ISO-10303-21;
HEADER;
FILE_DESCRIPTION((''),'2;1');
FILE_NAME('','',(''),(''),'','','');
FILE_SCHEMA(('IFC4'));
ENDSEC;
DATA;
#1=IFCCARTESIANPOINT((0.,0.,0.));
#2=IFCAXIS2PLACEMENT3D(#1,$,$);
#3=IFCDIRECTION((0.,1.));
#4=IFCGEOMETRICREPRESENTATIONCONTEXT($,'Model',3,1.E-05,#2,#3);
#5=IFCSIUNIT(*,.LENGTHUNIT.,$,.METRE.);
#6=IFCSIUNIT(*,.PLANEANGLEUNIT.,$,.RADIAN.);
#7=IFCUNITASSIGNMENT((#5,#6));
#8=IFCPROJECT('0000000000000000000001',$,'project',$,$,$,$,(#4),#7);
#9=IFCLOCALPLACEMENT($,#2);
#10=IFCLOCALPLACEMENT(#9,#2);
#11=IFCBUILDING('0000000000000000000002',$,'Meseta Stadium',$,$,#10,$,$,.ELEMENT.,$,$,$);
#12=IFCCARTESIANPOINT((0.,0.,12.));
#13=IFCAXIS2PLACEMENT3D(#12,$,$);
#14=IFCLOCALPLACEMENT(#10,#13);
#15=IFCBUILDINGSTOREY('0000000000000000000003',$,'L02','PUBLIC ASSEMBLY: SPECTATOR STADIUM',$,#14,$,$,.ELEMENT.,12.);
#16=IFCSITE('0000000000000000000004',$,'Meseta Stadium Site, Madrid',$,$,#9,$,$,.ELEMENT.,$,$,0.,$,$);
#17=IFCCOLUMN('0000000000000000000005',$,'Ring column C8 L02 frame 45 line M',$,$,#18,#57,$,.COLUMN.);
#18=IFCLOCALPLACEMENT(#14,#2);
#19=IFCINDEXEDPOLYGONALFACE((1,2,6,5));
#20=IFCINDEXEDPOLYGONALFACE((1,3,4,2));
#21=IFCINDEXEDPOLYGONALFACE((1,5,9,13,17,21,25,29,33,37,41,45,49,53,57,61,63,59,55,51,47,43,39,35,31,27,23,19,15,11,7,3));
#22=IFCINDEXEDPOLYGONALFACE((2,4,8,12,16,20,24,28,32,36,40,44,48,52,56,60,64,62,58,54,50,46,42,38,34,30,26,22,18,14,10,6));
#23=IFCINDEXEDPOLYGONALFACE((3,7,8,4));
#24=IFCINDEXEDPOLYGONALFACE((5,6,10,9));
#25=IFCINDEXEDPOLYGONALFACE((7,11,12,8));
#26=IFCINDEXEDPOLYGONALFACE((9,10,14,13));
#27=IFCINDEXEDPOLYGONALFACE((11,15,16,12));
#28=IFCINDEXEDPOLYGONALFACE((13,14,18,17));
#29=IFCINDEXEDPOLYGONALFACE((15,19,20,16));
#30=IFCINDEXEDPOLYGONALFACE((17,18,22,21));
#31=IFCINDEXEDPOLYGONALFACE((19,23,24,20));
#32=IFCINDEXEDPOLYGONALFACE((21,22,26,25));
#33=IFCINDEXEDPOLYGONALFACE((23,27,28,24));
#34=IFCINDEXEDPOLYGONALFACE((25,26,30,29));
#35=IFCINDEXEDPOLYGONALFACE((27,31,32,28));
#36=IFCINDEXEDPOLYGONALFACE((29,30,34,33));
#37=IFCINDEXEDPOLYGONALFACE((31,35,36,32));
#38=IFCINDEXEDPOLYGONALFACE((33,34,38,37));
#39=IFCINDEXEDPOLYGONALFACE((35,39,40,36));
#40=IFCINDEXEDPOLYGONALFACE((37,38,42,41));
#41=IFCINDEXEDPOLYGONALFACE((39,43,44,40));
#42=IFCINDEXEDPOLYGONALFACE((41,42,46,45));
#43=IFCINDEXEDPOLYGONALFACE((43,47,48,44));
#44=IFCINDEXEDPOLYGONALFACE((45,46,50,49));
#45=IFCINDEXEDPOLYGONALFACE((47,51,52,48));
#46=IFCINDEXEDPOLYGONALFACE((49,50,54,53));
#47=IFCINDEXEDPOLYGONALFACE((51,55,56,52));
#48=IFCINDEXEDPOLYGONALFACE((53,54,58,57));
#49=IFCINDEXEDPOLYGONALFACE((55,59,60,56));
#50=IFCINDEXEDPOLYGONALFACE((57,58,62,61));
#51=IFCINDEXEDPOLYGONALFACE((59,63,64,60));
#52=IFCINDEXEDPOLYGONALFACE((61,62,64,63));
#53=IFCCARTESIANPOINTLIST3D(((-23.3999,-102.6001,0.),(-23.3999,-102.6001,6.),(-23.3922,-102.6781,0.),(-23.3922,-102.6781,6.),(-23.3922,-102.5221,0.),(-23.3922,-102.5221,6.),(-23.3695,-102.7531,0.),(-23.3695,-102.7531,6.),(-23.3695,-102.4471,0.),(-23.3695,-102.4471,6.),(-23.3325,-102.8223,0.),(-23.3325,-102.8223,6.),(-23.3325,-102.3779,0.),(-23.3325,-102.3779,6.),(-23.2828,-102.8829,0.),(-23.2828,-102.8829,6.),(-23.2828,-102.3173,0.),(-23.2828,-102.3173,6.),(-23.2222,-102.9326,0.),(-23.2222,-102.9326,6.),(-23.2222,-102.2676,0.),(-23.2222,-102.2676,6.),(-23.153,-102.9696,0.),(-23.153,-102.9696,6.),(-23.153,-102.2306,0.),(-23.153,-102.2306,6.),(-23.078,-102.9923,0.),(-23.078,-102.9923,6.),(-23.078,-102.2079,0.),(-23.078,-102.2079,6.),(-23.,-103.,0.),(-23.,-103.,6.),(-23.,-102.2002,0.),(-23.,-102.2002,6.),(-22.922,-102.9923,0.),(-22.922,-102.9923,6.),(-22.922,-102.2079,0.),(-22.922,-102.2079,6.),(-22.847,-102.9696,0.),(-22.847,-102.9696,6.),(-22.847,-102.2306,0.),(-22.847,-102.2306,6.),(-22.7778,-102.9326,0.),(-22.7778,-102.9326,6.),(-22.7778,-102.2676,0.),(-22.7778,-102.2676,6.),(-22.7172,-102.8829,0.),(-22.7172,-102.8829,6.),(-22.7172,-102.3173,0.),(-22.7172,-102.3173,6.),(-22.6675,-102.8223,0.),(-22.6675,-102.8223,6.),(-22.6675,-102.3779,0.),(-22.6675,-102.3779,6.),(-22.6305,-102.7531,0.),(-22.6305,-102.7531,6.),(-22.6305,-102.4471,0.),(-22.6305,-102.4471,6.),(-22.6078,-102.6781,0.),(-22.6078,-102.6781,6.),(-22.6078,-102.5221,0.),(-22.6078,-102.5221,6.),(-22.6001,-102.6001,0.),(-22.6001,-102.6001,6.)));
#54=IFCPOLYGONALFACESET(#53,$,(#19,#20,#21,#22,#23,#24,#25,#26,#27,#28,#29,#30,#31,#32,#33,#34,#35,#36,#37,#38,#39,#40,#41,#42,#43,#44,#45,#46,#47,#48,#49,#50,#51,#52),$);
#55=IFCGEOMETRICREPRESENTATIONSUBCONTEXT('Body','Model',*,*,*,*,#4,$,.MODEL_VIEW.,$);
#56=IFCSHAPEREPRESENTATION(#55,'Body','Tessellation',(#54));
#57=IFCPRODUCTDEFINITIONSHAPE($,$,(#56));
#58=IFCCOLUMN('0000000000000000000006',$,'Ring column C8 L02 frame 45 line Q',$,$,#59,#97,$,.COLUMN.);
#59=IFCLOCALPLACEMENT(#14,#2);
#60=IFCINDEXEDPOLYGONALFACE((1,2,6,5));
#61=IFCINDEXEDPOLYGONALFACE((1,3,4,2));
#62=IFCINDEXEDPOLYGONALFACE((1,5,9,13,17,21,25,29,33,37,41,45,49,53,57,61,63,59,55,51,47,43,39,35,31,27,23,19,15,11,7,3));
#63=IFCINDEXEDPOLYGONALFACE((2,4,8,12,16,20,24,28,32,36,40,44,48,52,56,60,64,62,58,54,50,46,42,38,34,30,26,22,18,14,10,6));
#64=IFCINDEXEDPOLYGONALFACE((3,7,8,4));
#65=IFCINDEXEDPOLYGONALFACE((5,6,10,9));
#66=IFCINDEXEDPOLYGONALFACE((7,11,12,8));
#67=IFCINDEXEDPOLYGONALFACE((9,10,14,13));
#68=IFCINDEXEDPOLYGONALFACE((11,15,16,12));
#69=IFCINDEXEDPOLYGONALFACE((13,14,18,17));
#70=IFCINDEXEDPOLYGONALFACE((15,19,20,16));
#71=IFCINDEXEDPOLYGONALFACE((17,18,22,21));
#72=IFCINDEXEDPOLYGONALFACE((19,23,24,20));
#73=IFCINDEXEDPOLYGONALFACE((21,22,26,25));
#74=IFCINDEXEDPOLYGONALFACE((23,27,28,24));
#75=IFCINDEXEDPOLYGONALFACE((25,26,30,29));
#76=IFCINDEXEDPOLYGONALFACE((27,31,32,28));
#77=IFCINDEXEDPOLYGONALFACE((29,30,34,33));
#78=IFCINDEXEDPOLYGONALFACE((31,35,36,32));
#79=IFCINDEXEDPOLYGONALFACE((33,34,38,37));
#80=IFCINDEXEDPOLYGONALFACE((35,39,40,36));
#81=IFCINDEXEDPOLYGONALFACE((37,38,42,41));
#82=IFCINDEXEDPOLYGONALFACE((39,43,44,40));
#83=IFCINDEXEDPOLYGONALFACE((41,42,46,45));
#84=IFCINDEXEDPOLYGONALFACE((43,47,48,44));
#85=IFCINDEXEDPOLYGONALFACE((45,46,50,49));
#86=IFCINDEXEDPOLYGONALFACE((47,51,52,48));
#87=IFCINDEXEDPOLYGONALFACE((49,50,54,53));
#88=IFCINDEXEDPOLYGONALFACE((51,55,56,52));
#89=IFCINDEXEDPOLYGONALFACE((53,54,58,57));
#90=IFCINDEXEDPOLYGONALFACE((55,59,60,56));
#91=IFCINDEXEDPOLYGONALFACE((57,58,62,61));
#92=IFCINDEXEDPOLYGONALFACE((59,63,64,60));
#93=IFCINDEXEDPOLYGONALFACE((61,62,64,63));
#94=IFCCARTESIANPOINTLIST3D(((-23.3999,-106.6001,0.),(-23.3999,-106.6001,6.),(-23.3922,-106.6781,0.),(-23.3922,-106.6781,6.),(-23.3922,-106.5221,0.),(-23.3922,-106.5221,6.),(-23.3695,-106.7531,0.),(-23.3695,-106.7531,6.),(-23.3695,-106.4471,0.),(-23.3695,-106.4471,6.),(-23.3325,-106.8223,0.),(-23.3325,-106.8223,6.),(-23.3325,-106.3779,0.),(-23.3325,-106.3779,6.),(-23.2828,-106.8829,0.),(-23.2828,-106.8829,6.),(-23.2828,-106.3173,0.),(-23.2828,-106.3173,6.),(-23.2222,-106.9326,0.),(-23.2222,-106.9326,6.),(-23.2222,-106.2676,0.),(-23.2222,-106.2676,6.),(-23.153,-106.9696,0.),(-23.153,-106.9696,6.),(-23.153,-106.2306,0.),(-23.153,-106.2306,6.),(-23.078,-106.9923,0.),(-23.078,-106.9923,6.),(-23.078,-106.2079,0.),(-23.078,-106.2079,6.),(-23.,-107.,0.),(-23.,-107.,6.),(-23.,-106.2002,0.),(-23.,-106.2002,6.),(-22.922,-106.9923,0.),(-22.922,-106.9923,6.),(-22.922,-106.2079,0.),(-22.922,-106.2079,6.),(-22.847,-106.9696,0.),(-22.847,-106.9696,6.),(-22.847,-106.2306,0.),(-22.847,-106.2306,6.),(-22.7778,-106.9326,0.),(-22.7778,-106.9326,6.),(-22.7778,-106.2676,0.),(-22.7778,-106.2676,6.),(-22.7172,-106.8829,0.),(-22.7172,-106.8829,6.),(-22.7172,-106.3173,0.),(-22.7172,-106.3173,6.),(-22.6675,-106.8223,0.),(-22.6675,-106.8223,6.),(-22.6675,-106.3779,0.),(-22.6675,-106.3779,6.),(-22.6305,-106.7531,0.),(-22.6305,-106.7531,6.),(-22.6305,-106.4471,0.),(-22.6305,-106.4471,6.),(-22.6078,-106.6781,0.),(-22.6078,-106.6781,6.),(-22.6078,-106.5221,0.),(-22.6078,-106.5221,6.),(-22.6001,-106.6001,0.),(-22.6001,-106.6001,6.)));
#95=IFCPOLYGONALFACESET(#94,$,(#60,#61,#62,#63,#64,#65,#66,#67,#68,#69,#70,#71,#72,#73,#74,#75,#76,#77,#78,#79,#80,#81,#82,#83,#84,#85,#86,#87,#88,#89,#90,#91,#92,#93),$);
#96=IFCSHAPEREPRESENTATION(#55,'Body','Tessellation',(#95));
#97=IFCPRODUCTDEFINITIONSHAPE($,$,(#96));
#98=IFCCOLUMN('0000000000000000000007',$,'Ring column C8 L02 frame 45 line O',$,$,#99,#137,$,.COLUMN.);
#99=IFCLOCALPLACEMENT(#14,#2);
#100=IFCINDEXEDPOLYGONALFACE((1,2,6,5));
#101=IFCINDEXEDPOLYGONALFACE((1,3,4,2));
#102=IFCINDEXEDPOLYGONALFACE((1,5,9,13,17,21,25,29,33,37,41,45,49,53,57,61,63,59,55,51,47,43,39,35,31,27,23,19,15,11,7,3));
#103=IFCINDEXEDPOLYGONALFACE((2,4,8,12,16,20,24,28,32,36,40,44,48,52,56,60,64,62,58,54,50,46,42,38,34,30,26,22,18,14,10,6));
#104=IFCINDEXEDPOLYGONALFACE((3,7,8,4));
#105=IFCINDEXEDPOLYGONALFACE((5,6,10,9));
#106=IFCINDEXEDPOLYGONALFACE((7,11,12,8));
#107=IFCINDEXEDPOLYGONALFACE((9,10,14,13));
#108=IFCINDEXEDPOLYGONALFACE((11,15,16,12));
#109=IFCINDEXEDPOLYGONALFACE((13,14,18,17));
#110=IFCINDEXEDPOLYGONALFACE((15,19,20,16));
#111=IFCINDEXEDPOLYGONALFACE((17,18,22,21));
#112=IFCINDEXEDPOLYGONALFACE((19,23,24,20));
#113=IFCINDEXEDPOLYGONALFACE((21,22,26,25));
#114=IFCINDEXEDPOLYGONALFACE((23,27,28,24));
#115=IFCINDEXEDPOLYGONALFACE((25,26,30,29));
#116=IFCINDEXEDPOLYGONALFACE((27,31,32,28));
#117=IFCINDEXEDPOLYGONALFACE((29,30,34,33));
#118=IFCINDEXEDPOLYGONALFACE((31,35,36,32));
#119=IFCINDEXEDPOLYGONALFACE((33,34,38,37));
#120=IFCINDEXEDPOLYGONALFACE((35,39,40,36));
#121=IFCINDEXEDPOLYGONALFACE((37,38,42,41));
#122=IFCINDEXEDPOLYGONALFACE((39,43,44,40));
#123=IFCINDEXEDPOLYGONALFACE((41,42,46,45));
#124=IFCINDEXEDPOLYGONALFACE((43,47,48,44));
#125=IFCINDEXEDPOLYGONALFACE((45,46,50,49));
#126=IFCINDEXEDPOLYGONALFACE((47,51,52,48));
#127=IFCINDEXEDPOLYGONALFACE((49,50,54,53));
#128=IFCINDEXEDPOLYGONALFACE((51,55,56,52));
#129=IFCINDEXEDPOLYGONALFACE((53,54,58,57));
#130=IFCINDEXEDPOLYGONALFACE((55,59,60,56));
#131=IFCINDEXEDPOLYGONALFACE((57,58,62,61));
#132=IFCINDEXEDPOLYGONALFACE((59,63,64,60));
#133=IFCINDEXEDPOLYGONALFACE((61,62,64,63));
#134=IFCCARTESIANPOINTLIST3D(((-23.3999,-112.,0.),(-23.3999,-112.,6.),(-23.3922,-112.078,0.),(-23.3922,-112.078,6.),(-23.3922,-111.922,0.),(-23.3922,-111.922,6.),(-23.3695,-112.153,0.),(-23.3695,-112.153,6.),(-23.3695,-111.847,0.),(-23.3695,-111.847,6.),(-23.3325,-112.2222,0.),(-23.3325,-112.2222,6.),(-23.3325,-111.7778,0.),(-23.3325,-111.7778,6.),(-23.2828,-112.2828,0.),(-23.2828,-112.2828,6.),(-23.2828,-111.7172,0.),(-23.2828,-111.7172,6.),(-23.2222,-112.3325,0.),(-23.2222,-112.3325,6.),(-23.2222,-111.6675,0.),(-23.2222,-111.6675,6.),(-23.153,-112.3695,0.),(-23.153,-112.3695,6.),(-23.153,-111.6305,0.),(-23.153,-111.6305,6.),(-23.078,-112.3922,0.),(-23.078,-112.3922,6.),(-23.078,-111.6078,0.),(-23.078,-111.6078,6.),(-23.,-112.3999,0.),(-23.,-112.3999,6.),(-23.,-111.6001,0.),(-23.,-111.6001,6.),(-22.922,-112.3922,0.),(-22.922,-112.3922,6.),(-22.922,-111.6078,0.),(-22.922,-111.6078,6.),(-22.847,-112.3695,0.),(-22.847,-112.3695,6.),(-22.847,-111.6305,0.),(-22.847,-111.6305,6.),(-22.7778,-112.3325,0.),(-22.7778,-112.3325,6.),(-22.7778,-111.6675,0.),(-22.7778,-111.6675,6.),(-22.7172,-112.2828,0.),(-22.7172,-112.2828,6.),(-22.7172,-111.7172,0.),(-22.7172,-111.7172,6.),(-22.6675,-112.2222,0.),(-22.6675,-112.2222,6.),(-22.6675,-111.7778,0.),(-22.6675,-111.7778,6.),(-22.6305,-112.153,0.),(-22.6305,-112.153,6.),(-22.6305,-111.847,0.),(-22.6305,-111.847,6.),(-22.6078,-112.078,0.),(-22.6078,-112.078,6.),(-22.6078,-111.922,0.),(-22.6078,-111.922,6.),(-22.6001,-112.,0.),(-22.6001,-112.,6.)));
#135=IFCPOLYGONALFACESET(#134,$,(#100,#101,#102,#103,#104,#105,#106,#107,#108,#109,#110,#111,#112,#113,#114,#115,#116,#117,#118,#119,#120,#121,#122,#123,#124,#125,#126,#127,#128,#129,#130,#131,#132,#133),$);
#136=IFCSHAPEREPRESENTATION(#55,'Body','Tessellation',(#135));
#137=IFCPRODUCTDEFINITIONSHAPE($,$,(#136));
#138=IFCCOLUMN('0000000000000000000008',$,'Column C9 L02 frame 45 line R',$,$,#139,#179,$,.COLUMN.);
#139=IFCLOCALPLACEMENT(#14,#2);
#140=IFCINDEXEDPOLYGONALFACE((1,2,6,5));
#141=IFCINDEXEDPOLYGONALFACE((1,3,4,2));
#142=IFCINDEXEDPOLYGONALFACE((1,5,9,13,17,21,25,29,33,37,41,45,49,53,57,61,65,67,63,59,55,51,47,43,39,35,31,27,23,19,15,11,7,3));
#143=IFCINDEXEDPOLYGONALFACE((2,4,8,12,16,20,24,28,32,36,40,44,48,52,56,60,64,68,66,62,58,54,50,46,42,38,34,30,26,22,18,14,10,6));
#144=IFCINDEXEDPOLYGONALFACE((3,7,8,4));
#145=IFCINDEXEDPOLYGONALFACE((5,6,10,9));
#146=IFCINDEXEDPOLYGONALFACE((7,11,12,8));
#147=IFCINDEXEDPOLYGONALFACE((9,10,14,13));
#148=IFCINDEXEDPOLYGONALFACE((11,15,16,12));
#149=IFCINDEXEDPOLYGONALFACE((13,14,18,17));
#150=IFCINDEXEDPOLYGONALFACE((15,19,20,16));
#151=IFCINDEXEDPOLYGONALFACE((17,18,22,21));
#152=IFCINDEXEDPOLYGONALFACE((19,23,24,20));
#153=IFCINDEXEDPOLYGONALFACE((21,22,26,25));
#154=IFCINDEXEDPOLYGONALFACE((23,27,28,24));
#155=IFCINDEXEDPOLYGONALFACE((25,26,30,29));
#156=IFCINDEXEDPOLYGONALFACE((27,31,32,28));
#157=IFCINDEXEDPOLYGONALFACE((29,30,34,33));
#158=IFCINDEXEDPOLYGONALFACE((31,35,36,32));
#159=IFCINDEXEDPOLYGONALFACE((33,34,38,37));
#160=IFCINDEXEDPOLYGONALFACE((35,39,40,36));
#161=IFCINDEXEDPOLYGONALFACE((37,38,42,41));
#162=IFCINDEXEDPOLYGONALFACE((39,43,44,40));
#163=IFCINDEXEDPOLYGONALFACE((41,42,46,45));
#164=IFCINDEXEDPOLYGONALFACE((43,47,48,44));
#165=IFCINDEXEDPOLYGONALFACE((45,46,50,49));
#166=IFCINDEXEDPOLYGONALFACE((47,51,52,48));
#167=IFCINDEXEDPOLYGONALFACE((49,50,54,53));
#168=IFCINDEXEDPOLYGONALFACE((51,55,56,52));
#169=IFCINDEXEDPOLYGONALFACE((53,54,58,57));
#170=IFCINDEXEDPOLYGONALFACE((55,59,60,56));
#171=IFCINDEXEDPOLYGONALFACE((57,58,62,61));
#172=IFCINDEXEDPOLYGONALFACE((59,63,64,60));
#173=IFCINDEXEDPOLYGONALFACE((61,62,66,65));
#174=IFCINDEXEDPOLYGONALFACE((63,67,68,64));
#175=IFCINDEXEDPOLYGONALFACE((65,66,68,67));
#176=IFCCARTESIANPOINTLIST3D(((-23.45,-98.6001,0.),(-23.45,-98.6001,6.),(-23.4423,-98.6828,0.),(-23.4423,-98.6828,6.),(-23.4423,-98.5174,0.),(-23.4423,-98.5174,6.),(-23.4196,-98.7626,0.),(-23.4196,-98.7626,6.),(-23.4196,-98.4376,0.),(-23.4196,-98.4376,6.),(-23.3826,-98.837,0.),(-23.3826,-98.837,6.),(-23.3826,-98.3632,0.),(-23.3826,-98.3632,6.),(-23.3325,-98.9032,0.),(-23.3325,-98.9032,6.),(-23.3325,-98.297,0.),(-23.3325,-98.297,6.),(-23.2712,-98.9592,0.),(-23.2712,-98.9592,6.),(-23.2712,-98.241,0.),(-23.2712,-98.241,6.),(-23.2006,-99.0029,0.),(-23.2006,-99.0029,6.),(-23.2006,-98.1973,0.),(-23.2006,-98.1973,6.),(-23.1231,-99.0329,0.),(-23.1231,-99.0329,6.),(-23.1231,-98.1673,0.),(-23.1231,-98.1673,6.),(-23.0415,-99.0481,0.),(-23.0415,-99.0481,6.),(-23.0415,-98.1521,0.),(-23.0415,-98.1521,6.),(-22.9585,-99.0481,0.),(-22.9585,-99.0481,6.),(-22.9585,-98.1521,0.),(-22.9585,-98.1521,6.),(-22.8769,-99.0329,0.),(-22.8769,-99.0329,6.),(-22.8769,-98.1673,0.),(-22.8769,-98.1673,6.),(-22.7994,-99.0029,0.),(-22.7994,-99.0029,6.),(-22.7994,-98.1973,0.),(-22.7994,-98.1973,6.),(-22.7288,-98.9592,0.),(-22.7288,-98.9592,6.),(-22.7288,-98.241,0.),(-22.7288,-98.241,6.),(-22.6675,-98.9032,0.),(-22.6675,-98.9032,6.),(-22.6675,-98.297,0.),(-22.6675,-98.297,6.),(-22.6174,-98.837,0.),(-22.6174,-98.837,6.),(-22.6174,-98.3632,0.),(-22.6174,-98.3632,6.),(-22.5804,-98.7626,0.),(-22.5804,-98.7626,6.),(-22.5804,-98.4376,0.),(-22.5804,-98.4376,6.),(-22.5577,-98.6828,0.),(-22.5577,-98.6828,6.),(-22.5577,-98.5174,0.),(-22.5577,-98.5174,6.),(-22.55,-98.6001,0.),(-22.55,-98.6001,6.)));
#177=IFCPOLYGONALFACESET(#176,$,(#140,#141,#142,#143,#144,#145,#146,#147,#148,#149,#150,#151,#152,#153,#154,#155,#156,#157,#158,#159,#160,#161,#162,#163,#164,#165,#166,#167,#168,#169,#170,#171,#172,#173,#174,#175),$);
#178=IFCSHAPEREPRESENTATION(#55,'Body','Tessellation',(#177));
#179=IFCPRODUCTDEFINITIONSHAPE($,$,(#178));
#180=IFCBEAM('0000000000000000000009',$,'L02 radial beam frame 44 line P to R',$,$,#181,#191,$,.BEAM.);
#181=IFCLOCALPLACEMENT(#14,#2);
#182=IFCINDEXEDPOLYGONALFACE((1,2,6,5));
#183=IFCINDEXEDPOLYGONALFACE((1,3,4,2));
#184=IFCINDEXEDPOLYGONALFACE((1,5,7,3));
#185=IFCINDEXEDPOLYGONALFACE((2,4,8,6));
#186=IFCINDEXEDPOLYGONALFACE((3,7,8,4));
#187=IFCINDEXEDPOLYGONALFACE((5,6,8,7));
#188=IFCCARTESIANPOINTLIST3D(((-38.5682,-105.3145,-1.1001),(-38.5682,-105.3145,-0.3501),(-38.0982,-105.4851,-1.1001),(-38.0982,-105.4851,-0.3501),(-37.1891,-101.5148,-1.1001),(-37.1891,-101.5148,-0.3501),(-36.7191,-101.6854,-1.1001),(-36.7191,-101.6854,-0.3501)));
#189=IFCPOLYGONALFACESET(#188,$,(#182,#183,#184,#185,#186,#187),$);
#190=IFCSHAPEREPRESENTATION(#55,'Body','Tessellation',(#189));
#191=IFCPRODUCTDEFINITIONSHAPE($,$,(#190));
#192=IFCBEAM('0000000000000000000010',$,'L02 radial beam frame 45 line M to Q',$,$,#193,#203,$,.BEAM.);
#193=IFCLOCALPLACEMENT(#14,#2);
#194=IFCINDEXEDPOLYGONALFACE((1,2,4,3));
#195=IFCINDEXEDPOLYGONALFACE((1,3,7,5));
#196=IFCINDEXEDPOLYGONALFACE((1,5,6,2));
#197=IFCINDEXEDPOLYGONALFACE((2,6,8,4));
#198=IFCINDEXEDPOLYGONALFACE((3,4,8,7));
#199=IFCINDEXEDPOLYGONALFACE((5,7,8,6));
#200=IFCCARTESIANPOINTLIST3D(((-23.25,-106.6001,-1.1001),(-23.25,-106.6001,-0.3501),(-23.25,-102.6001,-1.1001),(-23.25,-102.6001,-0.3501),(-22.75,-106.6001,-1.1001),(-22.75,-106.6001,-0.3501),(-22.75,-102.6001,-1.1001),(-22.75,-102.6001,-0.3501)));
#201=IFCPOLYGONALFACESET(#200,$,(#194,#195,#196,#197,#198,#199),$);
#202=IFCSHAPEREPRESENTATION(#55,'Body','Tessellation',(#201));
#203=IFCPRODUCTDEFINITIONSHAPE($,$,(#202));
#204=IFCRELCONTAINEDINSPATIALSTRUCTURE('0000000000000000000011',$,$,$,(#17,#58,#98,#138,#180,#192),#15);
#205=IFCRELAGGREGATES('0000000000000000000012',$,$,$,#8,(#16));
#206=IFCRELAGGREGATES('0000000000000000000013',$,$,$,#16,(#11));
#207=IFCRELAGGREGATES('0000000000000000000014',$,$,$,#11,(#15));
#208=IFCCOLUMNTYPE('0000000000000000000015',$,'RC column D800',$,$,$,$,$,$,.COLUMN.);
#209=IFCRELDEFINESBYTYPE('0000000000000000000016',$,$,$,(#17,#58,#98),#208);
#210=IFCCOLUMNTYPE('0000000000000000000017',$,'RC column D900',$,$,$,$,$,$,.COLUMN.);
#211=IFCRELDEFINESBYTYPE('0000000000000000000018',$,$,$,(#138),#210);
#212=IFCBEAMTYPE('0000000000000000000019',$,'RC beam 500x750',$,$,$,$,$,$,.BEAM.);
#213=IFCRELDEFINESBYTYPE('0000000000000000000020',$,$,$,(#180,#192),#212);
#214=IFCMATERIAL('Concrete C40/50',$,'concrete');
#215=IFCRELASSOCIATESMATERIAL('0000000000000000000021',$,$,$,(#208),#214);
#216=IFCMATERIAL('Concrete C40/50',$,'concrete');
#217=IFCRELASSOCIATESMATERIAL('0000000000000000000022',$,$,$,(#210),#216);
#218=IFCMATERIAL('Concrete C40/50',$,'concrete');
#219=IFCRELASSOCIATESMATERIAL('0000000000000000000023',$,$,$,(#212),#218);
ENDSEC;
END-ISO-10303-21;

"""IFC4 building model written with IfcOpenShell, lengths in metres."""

from ifc_helpers import new_model, si_unit, direction, frame, origin, origin_2d, place, context, subcontext, project, spatial, rectangle, circle, extrude, material, material_profile, profile_set, type_object, element, save


model = new_model("IFC4")

# Units and contexts
model_context = context("Model", 3, precision=1e-05, world=origin(), true_north=direction((0.0, 1.0)))
body_context = subcontext(model_context, "Body", "Model", "MODEL_VIEW")
ifc_project = project(units=[si_unit("LENGTHUNIT", "METRE"), si_unit("PLANEANGLEUNIT", "RADIAN")], contexts=[model_context])

# Site, building, storey
site_placement = place(None, origin())
site = spatial("IfcSite", under=ifc_project, at=site_placement, Name="Meseta Stadium Site, Madrid", CompositionType="ELEMENT", RefElevation=0.0)
building_placement = place(site_placement, origin())
building = spatial("IfcBuilding", under=site, at=building_placement, Name="Meseta Stadium", CompositionType="ELEMENT")
storey_placement = place(building_placement, frame((0.0, 0.0, 12.0)))
storey = spatial("IfcBuildingStorey", under=building, at=storey_placement, Name="L02", Description="PUBLIC ASSEMBLY: SPECTATOR STADIUM", CompositionType="ELEMENT", Elevation=12.0)

# Columns
ifc_material_1 = material(Name="Concrete C40/50", Category="concrete")
ifc_material_profile_1 = material_profile(ifc_material_1, circle(Radius=0.3999, at=origin_2d()), Name="RC D800")
ifc_profile_set_1 = profile_set([ifc_material_profile_1], Name="Concrete C40/50")
column_type_1 = type_object("IfcColumnType", Name="RC column D800", PredefinedType="COLUMN", material=ifc_profile_set_1)
for number, where, z_axis, x_axis, name in (
    (1, (-23.0, -102.6001, 0.0), (0.0, 0.0, 1.0), (1.0, 0.0, 0.0), "Ring column C8 L02 frame 45 line M"),
    (2, (-23.0, -106.6001, 0.0), (0.0, 0.0, 1.0), (1.0, 0.0, 0.0), "Ring column C8 L02 frame 45 line Q"),
    (3, (-23.0, -112.0, 0.0), (0.0, 0.0, 1.0), (1.0, 0.0, 0.0), "Ring column C8 L02 frame 45 line O"),
):
    element("IfcColumn", number, at=place(storey_placement, frame(where, z_axis=z_axis, x_axis=x_axis)), inside=storey, type_object=column_type_1, Name=name, PredefinedType="COLUMN", context=body_context, shape_type="SweptSolid", body=[
        extrude(circle(Radius=0.3999, at=origin_2d()), origin(), (0.0, 0.0, 1.0), 6.0),
    ])
ifc_material_2 = material(Name="Concrete C40/50", Category="concrete")
ifc_material_profile_2 = material_profile(ifc_material_2, circle(Radius=0.45, at=origin_2d()), Name="RC D900")
ifc_profile_set_2 = profile_set([ifc_material_profile_2], Name="Concrete C40/50")
column_type_2 = type_object("IfcColumnType", Name="RC column D900", PredefinedType="COLUMN", material=ifc_profile_set_2)
column_placement = place(storey_placement, frame((-23.0, -98.6001, 0.0), z_axis=(0.0, 0.0, 1.0), x_axis=(1.0, 0.0, 0.0)))
element("IfcColumn", 4, at=column_placement, inside=storey, type_object=column_type_2, Name="Column C9 L02 frame 45 line R", PredefinedType="COLUMN", context=body_context, shape_type="SweptSolid", body=[
    extrude(circle(Radius=0.45, at=origin_2d()), origin(), (0.0, 0.0, 1.0), 6.0),
])

# Beams
ifc_material_3 = material(Name="Concrete C40/50", Category="concrete")
ifc_material_profile_3 = material_profile(ifc_material_3, rectangle(XDim=0.5, YDim=0.75, at=origin_2d()), Name="RC 500x750")
ifc_profile_set_3 = profile_set([ifc_material_profile_3], Name="Concrete C40/50")
beam_type_1 = type_object("IfcBeamType", Name="RC beam 500x750", PredefinedType="BEAM", material=ifc_profile_set_3)
beam_1_placement = place(storey_placement, frame((-36.9541, -101.6001, -0.7251), z_axis=(-0.341176, -0.94, 0.0), x_axis=(0.94, -0.341176, 0.0)))
element("IfcBeam", 5, at=beam_1_placement, inside=storey, type_object=beam_type_1, Name="L02 radial beam frame 44 line P to R", PredefinedType="BEAM", context=body_context, shape_type="SweptSolid", body=[
    extrude(rectangle(XDim=0.5, YDim=0.75, at=origin_2d()), origin(), (0.0, 0.0, 1.0), 4.0422),
])
beam_2_placement = place(storey_placement, frame((-23.0, -102.6001, -0.7251), z_axis=(0.0, -1.0, 0.0), x_axis=(1.0, 0.0, 0.0)))
element("IfcBeam", 6, at=beam_2_placement, inside=storey, type_object=beam_type_1, Name="L02 radial beam frame 45 line M to Q", PredefinedType="BEAM", context=body_context, shape_type="SweptSolid", body=[
    extrude(rectangle(XDim=0.5, YDim=0.75, at=origin_2d()), origin(), (0.0, 0.0, 1.0), 4.0),
])

save(model, "model.ifc")
